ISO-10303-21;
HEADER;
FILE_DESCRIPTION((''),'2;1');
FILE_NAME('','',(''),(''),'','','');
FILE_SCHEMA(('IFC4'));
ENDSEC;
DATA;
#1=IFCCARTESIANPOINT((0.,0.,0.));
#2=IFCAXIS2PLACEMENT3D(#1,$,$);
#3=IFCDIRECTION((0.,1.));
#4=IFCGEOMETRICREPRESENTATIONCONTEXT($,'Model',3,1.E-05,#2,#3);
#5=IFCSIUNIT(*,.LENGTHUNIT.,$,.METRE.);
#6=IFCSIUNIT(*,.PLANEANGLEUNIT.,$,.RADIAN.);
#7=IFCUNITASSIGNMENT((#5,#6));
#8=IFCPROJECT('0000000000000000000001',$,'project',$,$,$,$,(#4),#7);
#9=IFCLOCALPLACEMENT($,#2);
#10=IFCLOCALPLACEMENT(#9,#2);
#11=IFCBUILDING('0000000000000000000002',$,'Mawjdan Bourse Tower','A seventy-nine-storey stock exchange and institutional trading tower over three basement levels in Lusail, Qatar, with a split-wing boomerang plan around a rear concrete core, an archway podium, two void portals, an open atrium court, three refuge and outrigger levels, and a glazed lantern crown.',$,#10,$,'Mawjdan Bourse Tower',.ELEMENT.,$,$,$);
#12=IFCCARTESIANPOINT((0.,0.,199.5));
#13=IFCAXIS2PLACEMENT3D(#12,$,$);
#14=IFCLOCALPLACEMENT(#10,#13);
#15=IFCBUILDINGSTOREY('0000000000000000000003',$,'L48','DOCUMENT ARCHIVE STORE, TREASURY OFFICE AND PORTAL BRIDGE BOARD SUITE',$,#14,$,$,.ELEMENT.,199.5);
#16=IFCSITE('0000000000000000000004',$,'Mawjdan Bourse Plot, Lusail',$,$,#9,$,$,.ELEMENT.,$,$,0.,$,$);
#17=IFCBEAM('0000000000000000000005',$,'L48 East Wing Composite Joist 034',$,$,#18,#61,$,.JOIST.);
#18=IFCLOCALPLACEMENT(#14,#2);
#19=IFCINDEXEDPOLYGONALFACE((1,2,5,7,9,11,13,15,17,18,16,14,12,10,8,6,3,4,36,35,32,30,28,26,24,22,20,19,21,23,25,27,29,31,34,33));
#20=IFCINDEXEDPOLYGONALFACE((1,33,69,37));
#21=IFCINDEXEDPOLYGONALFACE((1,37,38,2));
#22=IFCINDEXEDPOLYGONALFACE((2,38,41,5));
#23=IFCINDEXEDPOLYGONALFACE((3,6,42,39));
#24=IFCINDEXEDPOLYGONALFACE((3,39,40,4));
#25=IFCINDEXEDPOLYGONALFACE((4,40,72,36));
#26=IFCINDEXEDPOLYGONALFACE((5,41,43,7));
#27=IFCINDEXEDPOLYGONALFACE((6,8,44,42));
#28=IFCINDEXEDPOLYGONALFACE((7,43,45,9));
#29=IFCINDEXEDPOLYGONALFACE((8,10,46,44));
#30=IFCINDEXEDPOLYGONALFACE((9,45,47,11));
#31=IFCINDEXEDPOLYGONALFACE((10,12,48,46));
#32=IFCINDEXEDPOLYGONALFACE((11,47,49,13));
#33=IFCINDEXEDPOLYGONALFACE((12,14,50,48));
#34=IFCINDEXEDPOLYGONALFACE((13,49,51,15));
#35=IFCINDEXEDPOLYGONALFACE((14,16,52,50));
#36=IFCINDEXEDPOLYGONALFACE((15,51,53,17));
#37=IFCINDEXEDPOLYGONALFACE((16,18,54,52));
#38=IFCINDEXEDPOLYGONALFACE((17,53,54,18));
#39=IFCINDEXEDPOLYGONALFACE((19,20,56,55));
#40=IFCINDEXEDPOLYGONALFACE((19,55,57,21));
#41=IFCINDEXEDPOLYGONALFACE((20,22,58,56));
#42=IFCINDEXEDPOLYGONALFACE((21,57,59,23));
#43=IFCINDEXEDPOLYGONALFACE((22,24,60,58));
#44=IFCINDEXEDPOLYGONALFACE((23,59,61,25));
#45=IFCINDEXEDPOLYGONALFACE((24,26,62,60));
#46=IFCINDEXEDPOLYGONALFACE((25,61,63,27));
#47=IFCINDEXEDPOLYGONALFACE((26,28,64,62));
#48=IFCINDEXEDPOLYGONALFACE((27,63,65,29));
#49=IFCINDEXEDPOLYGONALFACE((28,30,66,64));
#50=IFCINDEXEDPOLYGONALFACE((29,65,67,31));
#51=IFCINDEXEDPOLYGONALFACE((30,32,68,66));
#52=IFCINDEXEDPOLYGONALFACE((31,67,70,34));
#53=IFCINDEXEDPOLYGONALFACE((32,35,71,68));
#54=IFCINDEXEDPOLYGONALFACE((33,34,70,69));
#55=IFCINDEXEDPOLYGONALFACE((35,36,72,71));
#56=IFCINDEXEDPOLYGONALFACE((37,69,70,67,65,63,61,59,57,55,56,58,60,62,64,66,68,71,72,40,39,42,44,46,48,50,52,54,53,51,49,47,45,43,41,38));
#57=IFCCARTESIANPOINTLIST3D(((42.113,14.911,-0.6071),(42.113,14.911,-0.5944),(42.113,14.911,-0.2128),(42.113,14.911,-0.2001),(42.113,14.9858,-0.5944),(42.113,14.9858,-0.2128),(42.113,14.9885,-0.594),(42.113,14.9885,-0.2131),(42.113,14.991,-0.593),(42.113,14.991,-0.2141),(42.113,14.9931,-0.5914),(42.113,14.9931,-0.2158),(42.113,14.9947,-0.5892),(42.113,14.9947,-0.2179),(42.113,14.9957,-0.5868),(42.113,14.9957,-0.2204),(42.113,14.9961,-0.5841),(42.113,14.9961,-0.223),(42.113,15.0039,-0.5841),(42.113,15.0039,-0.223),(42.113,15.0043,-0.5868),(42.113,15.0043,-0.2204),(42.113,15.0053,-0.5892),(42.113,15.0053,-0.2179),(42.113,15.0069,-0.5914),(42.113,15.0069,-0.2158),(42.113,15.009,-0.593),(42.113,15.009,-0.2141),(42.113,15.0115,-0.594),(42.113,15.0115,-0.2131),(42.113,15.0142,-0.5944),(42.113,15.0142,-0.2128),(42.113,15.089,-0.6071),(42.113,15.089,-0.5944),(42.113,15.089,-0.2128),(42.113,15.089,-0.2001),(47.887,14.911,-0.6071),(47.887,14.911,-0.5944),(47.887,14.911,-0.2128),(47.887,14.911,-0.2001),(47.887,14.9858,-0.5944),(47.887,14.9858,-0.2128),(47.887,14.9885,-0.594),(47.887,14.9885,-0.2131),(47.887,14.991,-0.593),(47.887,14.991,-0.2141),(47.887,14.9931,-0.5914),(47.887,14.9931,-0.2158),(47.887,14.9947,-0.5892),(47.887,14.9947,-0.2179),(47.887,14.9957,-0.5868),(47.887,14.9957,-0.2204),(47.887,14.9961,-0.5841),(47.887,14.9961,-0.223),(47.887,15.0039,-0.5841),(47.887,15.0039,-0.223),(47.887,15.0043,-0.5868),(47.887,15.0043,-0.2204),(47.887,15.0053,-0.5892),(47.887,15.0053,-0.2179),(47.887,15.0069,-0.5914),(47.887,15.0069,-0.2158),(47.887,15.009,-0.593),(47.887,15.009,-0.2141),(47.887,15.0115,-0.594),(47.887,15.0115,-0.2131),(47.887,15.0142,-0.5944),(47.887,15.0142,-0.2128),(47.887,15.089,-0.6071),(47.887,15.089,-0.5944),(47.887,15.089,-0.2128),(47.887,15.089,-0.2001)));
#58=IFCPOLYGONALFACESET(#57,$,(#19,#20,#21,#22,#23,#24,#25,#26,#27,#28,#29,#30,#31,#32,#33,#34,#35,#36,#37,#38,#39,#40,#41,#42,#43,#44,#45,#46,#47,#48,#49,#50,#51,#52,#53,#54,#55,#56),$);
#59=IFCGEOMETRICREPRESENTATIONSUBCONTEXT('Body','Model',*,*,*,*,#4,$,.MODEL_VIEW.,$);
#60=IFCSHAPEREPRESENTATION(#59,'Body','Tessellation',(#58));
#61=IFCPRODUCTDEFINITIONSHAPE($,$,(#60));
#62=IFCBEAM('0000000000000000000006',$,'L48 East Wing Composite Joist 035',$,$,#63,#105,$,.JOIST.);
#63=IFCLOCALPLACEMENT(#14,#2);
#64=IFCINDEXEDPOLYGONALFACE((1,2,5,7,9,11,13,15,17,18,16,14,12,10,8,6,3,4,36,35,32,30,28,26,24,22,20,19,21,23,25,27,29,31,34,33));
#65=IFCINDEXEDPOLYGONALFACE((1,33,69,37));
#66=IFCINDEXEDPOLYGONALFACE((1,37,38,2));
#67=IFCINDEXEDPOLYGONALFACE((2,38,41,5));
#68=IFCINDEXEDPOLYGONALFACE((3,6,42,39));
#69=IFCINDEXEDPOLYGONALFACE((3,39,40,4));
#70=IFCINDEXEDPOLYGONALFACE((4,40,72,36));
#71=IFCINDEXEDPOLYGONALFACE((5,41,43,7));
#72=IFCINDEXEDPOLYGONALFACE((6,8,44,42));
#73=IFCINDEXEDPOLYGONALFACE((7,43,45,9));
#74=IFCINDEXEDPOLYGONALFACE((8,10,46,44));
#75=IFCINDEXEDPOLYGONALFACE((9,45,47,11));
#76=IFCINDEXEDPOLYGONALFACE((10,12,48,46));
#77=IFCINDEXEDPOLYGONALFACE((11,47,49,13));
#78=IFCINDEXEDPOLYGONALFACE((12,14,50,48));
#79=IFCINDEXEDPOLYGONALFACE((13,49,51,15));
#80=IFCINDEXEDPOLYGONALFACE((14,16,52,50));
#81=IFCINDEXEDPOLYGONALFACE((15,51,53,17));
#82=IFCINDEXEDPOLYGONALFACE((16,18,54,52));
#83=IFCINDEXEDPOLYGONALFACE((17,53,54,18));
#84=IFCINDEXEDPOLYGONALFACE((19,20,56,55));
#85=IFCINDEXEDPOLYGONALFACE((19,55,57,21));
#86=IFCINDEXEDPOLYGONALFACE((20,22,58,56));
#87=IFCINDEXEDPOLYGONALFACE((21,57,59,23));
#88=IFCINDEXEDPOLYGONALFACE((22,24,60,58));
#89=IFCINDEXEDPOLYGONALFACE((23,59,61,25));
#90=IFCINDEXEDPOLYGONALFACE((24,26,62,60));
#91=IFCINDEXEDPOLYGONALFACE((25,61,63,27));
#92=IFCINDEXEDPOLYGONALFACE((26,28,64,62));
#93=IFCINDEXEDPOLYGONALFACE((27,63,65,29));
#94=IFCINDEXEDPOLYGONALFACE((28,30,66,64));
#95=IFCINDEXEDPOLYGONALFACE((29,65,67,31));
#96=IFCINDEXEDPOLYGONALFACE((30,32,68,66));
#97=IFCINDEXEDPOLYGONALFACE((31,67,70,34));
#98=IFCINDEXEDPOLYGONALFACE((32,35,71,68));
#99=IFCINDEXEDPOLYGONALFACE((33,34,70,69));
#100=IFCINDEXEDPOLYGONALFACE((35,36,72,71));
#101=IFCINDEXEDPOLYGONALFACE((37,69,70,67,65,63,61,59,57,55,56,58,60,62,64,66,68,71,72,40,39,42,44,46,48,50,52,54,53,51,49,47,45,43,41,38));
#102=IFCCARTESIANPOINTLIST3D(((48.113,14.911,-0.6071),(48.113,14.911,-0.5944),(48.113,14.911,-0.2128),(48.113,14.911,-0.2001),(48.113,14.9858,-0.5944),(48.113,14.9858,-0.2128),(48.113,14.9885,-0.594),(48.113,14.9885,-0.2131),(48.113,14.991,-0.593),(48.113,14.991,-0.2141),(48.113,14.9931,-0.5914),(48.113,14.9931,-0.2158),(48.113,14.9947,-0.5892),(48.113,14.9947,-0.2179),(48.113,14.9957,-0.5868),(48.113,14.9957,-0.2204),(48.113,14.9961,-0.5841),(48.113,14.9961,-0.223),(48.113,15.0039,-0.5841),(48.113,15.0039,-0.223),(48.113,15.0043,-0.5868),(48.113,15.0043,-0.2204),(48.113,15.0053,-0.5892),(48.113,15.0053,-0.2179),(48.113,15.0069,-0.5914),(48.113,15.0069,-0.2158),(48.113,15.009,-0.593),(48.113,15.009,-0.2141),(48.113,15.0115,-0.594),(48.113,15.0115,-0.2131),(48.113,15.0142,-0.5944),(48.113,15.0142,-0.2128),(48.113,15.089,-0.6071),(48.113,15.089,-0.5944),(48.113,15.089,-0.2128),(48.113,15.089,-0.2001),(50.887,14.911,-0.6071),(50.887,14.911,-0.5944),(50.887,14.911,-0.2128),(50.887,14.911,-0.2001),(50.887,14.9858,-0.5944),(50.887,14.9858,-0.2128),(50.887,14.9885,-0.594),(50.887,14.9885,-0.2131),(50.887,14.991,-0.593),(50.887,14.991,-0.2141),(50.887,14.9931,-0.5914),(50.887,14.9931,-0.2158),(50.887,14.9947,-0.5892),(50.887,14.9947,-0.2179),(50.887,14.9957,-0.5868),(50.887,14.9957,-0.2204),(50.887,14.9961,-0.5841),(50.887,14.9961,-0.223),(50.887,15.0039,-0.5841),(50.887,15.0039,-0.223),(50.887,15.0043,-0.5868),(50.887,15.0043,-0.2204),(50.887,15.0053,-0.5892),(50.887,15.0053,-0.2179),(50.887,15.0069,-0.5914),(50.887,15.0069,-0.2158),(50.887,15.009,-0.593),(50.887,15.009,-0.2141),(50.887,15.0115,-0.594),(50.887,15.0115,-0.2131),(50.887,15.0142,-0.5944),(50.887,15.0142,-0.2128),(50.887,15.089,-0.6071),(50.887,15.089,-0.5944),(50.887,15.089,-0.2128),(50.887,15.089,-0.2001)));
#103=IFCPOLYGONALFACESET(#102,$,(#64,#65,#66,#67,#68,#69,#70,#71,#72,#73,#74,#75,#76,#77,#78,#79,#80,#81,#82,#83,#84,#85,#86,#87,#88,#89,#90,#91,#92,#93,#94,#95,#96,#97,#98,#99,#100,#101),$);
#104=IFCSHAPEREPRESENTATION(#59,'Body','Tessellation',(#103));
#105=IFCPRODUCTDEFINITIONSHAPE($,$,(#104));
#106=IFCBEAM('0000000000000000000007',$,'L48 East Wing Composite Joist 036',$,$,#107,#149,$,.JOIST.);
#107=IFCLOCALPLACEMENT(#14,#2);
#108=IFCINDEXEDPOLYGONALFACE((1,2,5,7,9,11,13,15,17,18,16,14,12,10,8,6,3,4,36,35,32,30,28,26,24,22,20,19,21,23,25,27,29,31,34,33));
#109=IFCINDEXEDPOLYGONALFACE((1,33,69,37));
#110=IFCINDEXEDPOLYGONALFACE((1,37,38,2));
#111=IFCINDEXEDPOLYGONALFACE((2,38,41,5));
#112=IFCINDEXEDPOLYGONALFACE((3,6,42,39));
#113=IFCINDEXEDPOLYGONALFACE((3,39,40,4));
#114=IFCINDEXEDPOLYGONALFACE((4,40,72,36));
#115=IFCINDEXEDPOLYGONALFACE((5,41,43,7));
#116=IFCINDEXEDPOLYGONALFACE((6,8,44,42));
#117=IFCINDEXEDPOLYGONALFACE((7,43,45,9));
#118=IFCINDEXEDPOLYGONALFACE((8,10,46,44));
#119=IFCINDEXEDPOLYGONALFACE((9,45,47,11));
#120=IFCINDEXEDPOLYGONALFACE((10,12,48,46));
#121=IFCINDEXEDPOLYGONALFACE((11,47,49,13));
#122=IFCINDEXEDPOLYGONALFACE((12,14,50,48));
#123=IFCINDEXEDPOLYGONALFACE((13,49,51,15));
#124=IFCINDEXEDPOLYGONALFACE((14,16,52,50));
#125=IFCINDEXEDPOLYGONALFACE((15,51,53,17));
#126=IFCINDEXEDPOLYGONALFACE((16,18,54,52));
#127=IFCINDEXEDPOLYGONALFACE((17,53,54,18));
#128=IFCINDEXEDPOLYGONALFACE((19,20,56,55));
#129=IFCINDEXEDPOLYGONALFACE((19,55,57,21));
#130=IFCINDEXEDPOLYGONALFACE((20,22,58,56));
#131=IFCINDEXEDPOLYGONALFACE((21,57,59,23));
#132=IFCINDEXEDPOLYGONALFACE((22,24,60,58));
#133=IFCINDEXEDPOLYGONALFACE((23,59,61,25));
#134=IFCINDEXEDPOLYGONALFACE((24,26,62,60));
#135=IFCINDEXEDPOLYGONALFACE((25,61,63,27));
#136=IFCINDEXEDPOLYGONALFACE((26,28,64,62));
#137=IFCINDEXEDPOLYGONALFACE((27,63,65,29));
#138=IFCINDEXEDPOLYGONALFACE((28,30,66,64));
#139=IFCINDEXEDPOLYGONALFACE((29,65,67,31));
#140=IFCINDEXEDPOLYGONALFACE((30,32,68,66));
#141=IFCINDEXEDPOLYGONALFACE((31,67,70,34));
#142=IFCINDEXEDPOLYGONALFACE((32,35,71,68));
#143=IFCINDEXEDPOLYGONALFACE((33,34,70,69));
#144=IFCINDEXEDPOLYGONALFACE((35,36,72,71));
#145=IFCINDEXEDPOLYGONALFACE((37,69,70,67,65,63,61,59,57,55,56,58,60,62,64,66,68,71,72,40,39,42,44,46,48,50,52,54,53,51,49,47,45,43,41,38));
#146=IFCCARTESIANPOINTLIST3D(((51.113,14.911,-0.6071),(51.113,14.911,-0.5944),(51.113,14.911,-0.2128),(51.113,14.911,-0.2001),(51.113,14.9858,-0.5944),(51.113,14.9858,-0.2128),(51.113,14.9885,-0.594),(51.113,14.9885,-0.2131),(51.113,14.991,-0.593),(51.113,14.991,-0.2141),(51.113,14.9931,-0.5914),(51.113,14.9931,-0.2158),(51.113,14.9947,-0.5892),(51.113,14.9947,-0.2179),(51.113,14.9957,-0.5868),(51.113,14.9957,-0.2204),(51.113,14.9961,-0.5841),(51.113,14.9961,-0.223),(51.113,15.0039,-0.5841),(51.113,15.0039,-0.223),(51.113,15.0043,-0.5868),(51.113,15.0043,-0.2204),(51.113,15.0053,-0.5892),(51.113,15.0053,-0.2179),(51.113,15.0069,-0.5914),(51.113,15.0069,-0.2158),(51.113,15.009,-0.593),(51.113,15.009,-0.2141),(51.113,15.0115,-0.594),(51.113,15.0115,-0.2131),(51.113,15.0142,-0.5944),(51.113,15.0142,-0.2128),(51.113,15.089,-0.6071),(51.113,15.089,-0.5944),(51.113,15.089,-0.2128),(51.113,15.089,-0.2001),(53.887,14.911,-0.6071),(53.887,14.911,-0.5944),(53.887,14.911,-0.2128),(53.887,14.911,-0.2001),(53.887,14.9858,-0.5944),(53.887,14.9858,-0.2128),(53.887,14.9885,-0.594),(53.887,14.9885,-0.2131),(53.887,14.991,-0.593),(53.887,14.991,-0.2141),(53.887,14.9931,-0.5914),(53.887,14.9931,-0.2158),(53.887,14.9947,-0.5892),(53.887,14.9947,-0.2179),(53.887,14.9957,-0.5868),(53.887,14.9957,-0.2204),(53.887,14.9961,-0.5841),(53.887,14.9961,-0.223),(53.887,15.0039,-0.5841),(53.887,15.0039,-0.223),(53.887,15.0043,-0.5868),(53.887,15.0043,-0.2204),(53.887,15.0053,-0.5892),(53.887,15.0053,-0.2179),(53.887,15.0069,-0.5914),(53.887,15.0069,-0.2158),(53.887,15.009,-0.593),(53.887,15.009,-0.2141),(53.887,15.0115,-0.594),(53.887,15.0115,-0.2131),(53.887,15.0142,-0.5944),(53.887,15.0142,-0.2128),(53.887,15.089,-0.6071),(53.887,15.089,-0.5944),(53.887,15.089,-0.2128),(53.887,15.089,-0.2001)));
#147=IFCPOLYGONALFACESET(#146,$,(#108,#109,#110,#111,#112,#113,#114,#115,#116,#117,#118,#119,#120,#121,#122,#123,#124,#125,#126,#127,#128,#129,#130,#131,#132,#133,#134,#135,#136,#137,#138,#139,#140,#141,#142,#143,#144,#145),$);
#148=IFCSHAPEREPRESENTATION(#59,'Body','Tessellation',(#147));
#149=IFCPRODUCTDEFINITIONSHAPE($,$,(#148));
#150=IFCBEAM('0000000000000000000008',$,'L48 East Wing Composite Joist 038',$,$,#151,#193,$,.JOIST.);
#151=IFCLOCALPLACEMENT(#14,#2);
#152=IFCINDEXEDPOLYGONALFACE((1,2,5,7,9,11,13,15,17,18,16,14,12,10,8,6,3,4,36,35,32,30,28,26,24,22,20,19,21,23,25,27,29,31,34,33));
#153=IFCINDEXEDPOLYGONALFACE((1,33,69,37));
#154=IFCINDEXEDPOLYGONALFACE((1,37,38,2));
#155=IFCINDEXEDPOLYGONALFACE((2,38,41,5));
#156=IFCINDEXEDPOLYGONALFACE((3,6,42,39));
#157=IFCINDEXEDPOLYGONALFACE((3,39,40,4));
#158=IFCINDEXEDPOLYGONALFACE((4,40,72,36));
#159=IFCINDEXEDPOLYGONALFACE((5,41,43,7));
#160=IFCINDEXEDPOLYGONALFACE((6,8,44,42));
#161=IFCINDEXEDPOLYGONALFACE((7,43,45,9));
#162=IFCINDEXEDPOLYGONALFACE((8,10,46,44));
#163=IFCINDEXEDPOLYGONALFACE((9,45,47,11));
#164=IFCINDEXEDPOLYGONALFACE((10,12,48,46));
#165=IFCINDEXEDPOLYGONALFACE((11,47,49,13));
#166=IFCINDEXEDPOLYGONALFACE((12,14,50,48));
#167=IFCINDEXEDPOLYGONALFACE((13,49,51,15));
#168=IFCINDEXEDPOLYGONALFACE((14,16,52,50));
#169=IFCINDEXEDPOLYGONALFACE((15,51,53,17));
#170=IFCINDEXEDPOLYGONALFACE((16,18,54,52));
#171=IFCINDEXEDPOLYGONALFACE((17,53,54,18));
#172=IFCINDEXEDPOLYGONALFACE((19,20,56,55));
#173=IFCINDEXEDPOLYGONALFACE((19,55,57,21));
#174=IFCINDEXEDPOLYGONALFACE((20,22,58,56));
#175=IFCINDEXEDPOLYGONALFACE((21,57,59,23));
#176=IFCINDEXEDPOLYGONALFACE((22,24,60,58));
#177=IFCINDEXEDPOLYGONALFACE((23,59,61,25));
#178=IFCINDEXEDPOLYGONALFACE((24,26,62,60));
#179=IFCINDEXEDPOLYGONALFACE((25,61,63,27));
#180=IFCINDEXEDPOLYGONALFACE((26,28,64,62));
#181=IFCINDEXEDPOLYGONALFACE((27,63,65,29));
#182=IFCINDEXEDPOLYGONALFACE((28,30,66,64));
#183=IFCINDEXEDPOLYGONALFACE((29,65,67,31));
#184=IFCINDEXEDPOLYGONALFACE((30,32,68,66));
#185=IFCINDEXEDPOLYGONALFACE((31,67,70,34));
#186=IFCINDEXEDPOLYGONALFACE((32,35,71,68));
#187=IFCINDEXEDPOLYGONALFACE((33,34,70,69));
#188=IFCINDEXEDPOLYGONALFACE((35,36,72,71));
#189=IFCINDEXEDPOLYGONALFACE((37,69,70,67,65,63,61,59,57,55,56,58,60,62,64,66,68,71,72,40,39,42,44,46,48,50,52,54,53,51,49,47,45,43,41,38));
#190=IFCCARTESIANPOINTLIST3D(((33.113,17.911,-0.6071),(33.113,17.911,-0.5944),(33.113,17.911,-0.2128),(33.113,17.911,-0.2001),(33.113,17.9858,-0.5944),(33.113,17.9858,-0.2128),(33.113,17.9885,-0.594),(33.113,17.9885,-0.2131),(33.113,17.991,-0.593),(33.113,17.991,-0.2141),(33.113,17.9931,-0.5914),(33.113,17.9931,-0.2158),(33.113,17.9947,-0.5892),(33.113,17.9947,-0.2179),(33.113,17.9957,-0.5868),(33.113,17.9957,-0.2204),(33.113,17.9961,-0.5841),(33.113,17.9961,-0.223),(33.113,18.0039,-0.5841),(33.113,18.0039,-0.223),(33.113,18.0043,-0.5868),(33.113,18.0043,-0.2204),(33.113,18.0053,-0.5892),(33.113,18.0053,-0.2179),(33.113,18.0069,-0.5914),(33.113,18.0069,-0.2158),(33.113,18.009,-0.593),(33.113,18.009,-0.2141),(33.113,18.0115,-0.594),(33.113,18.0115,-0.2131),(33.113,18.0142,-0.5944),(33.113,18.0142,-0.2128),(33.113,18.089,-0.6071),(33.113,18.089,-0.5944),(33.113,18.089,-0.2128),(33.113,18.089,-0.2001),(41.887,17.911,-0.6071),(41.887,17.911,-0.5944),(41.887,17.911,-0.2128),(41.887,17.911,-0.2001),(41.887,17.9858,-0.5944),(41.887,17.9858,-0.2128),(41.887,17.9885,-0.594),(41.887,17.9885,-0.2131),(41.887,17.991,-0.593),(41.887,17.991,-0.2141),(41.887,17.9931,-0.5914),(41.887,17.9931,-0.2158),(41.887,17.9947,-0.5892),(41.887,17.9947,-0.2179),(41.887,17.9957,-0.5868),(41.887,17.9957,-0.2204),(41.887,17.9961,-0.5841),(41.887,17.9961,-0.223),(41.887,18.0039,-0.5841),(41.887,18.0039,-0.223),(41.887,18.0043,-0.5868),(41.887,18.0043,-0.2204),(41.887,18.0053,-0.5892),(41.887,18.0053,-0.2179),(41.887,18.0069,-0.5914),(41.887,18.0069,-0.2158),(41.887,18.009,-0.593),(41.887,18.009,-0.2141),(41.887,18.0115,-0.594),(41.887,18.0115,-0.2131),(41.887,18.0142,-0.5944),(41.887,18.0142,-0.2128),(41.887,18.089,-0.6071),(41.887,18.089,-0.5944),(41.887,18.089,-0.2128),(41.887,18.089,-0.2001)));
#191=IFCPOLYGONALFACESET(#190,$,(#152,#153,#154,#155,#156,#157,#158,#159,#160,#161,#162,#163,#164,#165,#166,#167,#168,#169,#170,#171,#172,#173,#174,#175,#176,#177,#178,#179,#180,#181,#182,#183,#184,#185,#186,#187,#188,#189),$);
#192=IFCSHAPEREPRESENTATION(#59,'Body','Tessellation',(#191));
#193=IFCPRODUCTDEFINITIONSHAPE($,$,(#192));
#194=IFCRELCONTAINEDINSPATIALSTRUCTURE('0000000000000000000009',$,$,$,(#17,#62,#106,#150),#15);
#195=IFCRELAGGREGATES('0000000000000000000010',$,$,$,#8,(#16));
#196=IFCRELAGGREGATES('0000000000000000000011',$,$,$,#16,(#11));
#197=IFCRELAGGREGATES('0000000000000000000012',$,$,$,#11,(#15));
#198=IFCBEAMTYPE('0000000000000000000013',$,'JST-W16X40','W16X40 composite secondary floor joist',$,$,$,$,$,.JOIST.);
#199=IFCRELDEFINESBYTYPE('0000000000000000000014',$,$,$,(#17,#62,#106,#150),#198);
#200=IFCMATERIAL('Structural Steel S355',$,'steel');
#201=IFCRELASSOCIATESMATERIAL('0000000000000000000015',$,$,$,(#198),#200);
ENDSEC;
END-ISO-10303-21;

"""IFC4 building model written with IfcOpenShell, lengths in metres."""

from ifc_helpers import new_model, si_unit, direction, frame, origin, origin_2d, place, context, subcontext, project, spatial, i_section, extrude, material, material_profile, profile_set, type_object, element, save


model = new_model("IFC4")

# Units and contexts
model_context = context("Model", 3, precision=1e-05, world=origin(), true_north=direction((0.0, 1.0)))
body_context = subcontext(model_context, "Body", "Model", "MODEL_VIEW")
ifc_project = project(units=[si_unit("LENGTHUNIT", "METRE"), si_unit("PLANEANGLEUNIT", "RADIAN")], contexts=[model_context])

# Site, building, storey
site_placement = place(None, origin())
site = spatial("IfcSite", under=ifc_project, at=site_placement, Name="Mawjdan Bourse Plot, Lusail", CompositionType="ELEMENT", RefElevation=0.0)
building_placement = place(site_placement, origin())
building = spatial("IfcBuilding", under=site, at=building_placement, Name="Mawjdan Bourse Tower", Description="A seventy-nine-storey stock exchange and institutional trading tower over three basement levels in Lusail, Qatar, with a split-wing boomerang plan around a rear concrete core, an archway podium, two void portals, an open atrium court, three refuge and outrigger levels, and a glazed lantern crown.", LongName="Mawjdan Bourse Tower", CompositionType="ELEMENT")
storey_placement = place(building_placement, frame((0.0, 0.0, 199.5)))
storey = spatial("IfcBuildingStorey", under=building, at=storey_placement, Name="L48", Description="DOCUMENT ARCHIVE STORE, TREASURY OFFICE AND PORTAL BRIDGE BOARD SUITE", CompositionType="ELEMENT", Elevation=199.5)

# Shared definitions
ifc_material_1 = material(Name="Structural Steel S355", Category="steel")

# Beams
ifc_material_profile_1 = material_profile(ifc_material_1, i_section(OverallWidth=0.178, OverallDepth=0.407, WebThickness=0.0078, FlangeThickness=0.0127, FilletRadius=0.0103, at=origin_2d()), Name="W16X40")
ifc_profile_set_1 = profile_set([ifc_material_profile_1], Name="Structural Steel S355")
beam_type_1 = type_object("IfcBeamType", Name="JST-W16X40", Description="W16X40 composite secondary floor joist", PredefinedType="JOIST", material=ifc_profile_set_1)
beam_1_placement = place(storey_placement, frame((42.113, 15.0, -0.4036), z_axis=(1.0, 0.0, 0.0), x_axis=(0.0, 1.0, 0.0)))
element("IfcBeam", 1, at=beam_1_placement, inside=storey, type_object=beam_type_1, Name="L48 East Wing Composite Joist 034", PredefinedType="JOIST", context=body_context, shape_type="SweptSolid", body=[
    extrude(i_section(OverallWidth=0.178, OverallDepth=0.407, WebThickness=0.0078, FlangeThickness=0.0127, FilletRadius=0.0103, at=origin_2d()), origin(), (0.0, 0.0, 1.0), 5.7739),
])
for number, where, z_axis, x_axis, name in (
    (2, (48.113, 15.0, -0.4036), (1.0, 0.0, 0.0), (0.0, 1.0, 0.0), "L48 East Wing Composite Joist 035"),
    (3, (51.113, 15.0, -0.4036), (1.0, 0.0, 0.0), (0.0, 1.0, 0.0), "L48 East Wing Composite Joist 036"),
):
    element("IfcBeam", number, at=place(storey_placement, frame(where, z_axis=z_axis, x_axis=x_axis)), inside=storey, type_object=beam_type_1, Name=name, PredefinedType="JOIST", context=body_context, shape_type="SweptSolid", body=[
        extrude(i_section(OverallWidth=0.178, OverallDepth=0.407, WebThickness=0.0078, FlangeThickness=0.0127, FilletRadius=0.0103, at=origin_2d()), origin(), (0.0, 0.0, 1.0), 2.7739),
    ])
beam_2_placement = place(storey_placement, frame((33.113, 18.0, -0.4036), z_axis=(1.0, 0.0, 0.0), x_axis=(0.0, 1.0, 0.0)))
element("IfcBeam", 4, at=beam_2_placement, inside=storey, type_object=beam_type_1, Name="L48 East Wing Composite Joist 038", PredefinedType="JOIST", context=body_context, shape_type="SweptSolid", body=[
    extrude(i_section(OverallWidth=0.178, OverallDepth=0.407, WebThickness=0.0078, FlangeThickness=0.0127, FilletRadius=0.0103, at=origin_2d()), origin(), (0.0, 0.0, 1.0), 8.7739),
])

save(model, "model.ifc")
